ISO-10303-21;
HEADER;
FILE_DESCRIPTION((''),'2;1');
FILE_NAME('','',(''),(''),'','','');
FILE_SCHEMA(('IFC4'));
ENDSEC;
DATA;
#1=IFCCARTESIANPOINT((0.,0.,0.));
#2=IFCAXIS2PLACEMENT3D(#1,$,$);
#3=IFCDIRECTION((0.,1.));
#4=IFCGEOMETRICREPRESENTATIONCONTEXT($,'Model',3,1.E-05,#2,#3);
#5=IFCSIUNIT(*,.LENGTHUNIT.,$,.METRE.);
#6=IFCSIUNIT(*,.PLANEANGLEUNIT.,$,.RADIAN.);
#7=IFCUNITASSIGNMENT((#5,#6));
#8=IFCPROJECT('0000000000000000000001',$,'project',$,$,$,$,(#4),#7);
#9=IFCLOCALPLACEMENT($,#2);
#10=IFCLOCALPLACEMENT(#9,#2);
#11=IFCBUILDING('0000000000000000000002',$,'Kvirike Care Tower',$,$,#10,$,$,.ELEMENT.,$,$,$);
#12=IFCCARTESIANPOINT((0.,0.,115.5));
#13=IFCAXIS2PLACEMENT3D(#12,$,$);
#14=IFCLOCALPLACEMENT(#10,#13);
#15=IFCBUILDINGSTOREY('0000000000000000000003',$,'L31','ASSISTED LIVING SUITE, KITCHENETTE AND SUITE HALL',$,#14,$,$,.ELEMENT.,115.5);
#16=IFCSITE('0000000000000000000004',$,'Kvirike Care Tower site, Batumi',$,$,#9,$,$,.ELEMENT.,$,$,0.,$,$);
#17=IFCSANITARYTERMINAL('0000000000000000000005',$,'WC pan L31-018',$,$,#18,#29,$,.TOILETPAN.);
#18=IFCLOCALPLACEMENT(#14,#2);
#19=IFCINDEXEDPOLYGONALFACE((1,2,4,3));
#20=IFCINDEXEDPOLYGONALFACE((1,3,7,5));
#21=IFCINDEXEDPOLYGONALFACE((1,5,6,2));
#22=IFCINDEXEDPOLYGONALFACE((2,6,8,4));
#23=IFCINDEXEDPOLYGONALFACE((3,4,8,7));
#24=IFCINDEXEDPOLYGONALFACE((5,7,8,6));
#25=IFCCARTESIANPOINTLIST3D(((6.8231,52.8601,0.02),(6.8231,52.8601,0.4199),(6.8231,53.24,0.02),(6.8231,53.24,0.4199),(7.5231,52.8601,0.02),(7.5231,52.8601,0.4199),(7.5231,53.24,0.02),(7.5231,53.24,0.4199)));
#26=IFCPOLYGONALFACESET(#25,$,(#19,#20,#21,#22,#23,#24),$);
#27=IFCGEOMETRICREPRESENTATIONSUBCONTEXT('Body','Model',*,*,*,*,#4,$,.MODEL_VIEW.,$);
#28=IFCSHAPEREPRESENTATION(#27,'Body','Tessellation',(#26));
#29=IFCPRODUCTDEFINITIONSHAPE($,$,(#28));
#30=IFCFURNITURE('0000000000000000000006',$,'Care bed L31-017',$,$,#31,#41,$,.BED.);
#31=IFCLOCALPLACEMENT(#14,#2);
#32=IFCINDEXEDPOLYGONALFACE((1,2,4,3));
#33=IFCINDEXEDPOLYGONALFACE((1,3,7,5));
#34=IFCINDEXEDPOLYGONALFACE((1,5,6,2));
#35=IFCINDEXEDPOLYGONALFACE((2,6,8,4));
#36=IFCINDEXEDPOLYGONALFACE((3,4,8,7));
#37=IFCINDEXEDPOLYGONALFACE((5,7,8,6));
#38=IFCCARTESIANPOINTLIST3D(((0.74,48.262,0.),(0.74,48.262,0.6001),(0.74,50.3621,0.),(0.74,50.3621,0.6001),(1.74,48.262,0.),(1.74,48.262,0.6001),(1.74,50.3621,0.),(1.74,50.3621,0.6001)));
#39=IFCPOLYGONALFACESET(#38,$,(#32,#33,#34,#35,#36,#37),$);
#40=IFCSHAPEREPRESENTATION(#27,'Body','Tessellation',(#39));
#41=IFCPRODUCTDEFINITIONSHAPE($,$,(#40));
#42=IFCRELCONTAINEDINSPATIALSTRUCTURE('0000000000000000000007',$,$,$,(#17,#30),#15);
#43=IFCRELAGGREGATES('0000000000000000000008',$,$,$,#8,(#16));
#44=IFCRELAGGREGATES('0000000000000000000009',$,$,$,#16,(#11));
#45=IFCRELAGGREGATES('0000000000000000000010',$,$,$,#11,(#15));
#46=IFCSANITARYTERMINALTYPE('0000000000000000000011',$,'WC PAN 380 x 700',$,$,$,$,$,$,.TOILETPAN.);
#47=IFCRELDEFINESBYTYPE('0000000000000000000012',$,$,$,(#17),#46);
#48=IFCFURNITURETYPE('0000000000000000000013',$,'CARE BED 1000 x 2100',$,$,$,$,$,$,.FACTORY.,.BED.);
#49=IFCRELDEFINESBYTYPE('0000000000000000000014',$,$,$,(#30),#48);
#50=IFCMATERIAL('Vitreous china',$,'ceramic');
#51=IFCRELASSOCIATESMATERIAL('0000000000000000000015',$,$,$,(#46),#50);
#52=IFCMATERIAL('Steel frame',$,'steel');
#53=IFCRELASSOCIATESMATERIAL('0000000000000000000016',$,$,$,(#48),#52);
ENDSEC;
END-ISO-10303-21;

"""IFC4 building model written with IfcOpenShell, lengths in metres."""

from ifc_helpers import new_model, si_unit, direction, frame, origin, origin_2d, place, context, subcontext, project, spatial, rectangle, extrude, material, type_object, element, save


model = new_model("IFC4")

# Units and contexts
model_context = context("Model", 3, precision=1e-05, world=origin(), true_north=direction((0.0, 1.0)))
body_context = subcontext(model_context, "Body", "Model", "MODEL_VIEW")
ifc_project = project(units=[si_unit("LENGTHUNIT", "METRE"), si_unit("PLANEANGLEUNIT", "RADIAN")], contexts=[model_context])

# Site, building, storey
site_placement = place(None, origin())
site = spatial("IfcSite", under=ifc_project, at=site_placement, Name="Kvirike Care Tower site, Batumi", CompositionType="ELEMENT", RefElevation=0.0)
building_placement = place(site_placement, origin())
building = spatial("IfcBuilding", under=site, at=building_placement, Name="Kvirike Care Tower", CompositionType="ELEMENT")
storey_placement = place(building_placement, frame((0.0, 0.0, 115.5)))
storey = spatial("IfcBuildingStorey", under=building, at=storey_placement, Name="L31", Description="ASSISTED LIVING SUITE, KITCHENETTE AND SUITE HALL", CompositionType="ELEMENT", Elevation=115.5)

# Sanitary terminal
ifc_material_1 = material(Name="Vitreous china", Category="ceramic")
sanitary_terminal_type_1 = type_object("IfcSanitaryTerminalType", Name="WC PAN 380 x 700", PredefinedType="TOILETPAN", material=ifc_material_1)
sanitary_terminal_1_placement = place(storey_placement, frame((7.1731, 53.05, 0.02), z_axis=(0.0, 0.0, 1.0), x_axis=(0.0, -1.0, 0.0)))
element("IfcSanitaryTerminal", 1, at=sanitary_terminal_1_placement, inside=storey, type_object=sanitary_terminal_type_1, Name="WC pan L31-018", PredefinedType="TOILETPAN", context=body_context, shape_type="SweptSolid", body=[
    extrude(rectangle(XDim=0.3799, YDim=0.7, at=origin_2d()), origin(), (0.0, 0.0, 1.0), 0.3999),
])

# Furniture
ifc_material_2 = material(Name="Steel frame", Category="steel")
furniture_type = type_object("IfcFurnitureType", Name="CARE BED 1000 x 2100", AssemblyPlace="FACTORY", PredefinedType="BED", material=ifc_material_2)
furniture_placement = place(storey_placement, frame((1.24, 49.312, 0.0), z_axis=(0.0, 0.0, 1.0), x_axis=(-1.0, 0.0, 0.0)))
element("IfcFurniture", 2, at=furniture_placement, inside=storey, type_object=furniture_type, Name="Care bed L31-017", PredefinedType="BED", context=body_context, shape_type="SweptSolid", body=[
    extrude(rectangle(XDim=1.0, YDim=2.1001, at=origin_2d()), origin(), (0.0, 0.0, 1.0), 0.6001),
])

save(model, "model.ifc")
